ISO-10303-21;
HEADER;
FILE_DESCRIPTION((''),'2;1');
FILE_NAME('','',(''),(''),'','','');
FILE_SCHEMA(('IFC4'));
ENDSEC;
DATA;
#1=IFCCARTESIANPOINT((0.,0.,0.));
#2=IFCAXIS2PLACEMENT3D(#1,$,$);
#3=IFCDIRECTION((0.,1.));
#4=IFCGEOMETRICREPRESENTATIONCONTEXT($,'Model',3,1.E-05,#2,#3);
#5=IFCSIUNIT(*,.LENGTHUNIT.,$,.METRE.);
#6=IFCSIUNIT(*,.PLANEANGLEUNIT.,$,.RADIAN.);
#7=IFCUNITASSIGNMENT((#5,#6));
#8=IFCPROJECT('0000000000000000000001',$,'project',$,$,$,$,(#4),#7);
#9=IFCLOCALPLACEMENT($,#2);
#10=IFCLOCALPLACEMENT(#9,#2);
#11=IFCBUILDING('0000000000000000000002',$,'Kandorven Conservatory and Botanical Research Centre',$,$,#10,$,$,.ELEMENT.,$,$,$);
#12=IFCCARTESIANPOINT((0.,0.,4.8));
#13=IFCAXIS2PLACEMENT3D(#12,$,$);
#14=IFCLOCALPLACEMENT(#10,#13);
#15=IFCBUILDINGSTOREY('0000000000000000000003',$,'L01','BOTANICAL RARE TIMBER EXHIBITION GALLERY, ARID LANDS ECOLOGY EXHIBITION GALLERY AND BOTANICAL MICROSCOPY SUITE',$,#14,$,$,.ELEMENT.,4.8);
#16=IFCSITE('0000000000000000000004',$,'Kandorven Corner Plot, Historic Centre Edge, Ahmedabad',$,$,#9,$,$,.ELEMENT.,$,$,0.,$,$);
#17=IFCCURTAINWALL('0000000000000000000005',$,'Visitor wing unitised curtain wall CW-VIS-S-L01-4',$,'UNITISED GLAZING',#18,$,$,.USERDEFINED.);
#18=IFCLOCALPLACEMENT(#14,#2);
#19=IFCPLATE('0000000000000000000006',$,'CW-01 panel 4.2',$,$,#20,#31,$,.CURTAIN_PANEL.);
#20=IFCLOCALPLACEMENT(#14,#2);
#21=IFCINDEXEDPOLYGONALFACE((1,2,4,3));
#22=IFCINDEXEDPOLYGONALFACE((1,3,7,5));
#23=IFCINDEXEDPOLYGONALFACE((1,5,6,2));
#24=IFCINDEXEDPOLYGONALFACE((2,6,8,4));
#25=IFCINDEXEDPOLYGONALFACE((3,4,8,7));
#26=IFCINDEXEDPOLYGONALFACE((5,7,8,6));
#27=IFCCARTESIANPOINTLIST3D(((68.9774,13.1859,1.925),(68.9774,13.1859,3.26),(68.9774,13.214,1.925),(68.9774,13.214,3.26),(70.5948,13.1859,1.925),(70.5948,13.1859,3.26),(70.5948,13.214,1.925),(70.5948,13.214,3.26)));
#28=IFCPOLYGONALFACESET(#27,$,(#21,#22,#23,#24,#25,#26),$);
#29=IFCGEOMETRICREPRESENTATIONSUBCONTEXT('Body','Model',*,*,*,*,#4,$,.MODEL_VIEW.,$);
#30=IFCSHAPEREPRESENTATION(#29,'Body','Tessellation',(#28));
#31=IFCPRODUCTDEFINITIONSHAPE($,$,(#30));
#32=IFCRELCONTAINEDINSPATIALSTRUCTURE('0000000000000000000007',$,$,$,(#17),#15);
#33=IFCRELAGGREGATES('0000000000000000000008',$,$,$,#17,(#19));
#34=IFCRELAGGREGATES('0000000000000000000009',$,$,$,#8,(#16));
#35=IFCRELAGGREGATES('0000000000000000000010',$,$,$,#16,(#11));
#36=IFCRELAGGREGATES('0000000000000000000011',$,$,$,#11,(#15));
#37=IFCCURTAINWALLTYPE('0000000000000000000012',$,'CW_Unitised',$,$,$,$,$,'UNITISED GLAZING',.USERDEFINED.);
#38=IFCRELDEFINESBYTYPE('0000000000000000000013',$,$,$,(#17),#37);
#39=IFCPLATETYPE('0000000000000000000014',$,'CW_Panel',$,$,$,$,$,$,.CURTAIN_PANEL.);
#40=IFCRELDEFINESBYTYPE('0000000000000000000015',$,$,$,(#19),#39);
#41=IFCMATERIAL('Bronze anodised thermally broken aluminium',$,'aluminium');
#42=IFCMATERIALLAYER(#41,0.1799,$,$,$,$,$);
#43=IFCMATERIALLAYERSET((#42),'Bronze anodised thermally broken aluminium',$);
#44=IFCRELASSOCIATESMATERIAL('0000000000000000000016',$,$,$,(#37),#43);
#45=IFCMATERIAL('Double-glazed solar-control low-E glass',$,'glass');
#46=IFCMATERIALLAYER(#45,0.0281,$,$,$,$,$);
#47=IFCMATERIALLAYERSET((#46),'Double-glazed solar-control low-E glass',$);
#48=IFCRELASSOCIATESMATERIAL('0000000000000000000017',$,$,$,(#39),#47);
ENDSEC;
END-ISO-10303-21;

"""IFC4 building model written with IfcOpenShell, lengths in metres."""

from ifc_helpers import new_model, si_unit, direction, frame, origin, origin_2d, place, context, subcontext, project, spatial, rectangle, extrude, material, layer, layer_set, type_object, element, aggregate, save


model = new_model("IFC4")

# Units and contexts
model_context = context("Model", 3, precision=1e-05, world=origin(), true_north=direction((0.0, 1.0)))
body_context = subcontext(model_context, "Body", "Model", "MODEL_VIEW")
ifc_project = project(units=[si_unit("LENGTHUNIT", "METRE"), si_unit("PLANEANGLEUNIT", "RADIAN")], contexts=[model_context])

# Site, building, storey
site_placement = place(None, origin())
site = spatial("IfcSite", under=ifc_project, at=site_placement, Name="Kandorven Corner Plot, Historic Centre Edge, Ahmedabad", CompositionType="ELEMENT", RefElevation=0.0)
building_placement = place(site_placement, origin())
building = spatial("IfcBuilding", under=site, at=building_placement, Name="Kandorven Conservatory and Botanical Research Centre", CompositionType="ELEMENT")
storey_placement = place(building_placement, frame((0.0, 0.0, 4.8)))
storey = spatial("IfcBuildingStorey", under=building, at=storey_placement, Name="L01", Description="BOTANICAL RARE TIMBER EXHIBITION GALLERY, ARID LANDS ECOLOGY EXHIBITION GALLERY AND BOTANICAL MICROSCOPY SUITE", CompositionType="ELEMENT", Elevation=4.8)

# Curtain wall
ifc_material_1 = material(Name="Bronze anodised thermally broken aluminium", Category="aluminium")
ifc_layer_1 = layer(ifc_material_1, 0.1799)
ifc_layer_set_1 = layer_set([ifc_layer_1], Name="Bronze anodised thermally broken aluminium")
curtain_wall_type = type_object("IfcCurtainWallType", Name="CW_Unitised", ElementType="UNITISED GLAZING", PredefinedType="USERDEFINED", material=ifc_layer_set_1)
curtain_wall_1_placement = place(storey_placement, origin())
curtain_wall_1 = element("IfcCurtainWall", 1, at=curtain_wall_1_placement, inside=storey, type_object=curtain_wall_type, Name="Visitor wing unitised curtain wall CW-VIS-S-L01-4", ObjectType="UNITISED GLAZING", PredefinedType="USERDEFINED")

# Plate
ifc_material_2 = material(Name="Double-glazed solar-control low-E glass", Category="glass")
ifc_layer_2 = layer(ifc_material_2, 0.0281)
ifc_layer_set_2 = layer_set([ifc_layer_2], Name="Double-glazed solar-control low-E glass")
plate_type = type_object("IfcPlateType", Name="CW_Panel", PredefinedType="CURTAIN_PANEL", material=ifc_layer_set_2)
plate_1_placement = place(storey_placement, frame((69.7861, 13.2, 1.925), z_axis=(0.0, 0.0, 1.0), x_axis=(1.0, 0.0, 0.0)))
plate_1 = element("IfcPlate", 2, at=plate_1_placement, type_object=plate_type, Name="CW-01 panel 4.2", PredefinedType="CURTAIN_PANEL", context=body_context, shape_type="SweptSolid", body=[
    extrude(rectangle(XDim=1.6174, YDim=0.0281, at=origin_2d()), origin(), (0.0, 0.0, 1.0), 1.335),
])
aggregate(curtain_wall_1, [plate_1])

save(model, "model.ifc")
